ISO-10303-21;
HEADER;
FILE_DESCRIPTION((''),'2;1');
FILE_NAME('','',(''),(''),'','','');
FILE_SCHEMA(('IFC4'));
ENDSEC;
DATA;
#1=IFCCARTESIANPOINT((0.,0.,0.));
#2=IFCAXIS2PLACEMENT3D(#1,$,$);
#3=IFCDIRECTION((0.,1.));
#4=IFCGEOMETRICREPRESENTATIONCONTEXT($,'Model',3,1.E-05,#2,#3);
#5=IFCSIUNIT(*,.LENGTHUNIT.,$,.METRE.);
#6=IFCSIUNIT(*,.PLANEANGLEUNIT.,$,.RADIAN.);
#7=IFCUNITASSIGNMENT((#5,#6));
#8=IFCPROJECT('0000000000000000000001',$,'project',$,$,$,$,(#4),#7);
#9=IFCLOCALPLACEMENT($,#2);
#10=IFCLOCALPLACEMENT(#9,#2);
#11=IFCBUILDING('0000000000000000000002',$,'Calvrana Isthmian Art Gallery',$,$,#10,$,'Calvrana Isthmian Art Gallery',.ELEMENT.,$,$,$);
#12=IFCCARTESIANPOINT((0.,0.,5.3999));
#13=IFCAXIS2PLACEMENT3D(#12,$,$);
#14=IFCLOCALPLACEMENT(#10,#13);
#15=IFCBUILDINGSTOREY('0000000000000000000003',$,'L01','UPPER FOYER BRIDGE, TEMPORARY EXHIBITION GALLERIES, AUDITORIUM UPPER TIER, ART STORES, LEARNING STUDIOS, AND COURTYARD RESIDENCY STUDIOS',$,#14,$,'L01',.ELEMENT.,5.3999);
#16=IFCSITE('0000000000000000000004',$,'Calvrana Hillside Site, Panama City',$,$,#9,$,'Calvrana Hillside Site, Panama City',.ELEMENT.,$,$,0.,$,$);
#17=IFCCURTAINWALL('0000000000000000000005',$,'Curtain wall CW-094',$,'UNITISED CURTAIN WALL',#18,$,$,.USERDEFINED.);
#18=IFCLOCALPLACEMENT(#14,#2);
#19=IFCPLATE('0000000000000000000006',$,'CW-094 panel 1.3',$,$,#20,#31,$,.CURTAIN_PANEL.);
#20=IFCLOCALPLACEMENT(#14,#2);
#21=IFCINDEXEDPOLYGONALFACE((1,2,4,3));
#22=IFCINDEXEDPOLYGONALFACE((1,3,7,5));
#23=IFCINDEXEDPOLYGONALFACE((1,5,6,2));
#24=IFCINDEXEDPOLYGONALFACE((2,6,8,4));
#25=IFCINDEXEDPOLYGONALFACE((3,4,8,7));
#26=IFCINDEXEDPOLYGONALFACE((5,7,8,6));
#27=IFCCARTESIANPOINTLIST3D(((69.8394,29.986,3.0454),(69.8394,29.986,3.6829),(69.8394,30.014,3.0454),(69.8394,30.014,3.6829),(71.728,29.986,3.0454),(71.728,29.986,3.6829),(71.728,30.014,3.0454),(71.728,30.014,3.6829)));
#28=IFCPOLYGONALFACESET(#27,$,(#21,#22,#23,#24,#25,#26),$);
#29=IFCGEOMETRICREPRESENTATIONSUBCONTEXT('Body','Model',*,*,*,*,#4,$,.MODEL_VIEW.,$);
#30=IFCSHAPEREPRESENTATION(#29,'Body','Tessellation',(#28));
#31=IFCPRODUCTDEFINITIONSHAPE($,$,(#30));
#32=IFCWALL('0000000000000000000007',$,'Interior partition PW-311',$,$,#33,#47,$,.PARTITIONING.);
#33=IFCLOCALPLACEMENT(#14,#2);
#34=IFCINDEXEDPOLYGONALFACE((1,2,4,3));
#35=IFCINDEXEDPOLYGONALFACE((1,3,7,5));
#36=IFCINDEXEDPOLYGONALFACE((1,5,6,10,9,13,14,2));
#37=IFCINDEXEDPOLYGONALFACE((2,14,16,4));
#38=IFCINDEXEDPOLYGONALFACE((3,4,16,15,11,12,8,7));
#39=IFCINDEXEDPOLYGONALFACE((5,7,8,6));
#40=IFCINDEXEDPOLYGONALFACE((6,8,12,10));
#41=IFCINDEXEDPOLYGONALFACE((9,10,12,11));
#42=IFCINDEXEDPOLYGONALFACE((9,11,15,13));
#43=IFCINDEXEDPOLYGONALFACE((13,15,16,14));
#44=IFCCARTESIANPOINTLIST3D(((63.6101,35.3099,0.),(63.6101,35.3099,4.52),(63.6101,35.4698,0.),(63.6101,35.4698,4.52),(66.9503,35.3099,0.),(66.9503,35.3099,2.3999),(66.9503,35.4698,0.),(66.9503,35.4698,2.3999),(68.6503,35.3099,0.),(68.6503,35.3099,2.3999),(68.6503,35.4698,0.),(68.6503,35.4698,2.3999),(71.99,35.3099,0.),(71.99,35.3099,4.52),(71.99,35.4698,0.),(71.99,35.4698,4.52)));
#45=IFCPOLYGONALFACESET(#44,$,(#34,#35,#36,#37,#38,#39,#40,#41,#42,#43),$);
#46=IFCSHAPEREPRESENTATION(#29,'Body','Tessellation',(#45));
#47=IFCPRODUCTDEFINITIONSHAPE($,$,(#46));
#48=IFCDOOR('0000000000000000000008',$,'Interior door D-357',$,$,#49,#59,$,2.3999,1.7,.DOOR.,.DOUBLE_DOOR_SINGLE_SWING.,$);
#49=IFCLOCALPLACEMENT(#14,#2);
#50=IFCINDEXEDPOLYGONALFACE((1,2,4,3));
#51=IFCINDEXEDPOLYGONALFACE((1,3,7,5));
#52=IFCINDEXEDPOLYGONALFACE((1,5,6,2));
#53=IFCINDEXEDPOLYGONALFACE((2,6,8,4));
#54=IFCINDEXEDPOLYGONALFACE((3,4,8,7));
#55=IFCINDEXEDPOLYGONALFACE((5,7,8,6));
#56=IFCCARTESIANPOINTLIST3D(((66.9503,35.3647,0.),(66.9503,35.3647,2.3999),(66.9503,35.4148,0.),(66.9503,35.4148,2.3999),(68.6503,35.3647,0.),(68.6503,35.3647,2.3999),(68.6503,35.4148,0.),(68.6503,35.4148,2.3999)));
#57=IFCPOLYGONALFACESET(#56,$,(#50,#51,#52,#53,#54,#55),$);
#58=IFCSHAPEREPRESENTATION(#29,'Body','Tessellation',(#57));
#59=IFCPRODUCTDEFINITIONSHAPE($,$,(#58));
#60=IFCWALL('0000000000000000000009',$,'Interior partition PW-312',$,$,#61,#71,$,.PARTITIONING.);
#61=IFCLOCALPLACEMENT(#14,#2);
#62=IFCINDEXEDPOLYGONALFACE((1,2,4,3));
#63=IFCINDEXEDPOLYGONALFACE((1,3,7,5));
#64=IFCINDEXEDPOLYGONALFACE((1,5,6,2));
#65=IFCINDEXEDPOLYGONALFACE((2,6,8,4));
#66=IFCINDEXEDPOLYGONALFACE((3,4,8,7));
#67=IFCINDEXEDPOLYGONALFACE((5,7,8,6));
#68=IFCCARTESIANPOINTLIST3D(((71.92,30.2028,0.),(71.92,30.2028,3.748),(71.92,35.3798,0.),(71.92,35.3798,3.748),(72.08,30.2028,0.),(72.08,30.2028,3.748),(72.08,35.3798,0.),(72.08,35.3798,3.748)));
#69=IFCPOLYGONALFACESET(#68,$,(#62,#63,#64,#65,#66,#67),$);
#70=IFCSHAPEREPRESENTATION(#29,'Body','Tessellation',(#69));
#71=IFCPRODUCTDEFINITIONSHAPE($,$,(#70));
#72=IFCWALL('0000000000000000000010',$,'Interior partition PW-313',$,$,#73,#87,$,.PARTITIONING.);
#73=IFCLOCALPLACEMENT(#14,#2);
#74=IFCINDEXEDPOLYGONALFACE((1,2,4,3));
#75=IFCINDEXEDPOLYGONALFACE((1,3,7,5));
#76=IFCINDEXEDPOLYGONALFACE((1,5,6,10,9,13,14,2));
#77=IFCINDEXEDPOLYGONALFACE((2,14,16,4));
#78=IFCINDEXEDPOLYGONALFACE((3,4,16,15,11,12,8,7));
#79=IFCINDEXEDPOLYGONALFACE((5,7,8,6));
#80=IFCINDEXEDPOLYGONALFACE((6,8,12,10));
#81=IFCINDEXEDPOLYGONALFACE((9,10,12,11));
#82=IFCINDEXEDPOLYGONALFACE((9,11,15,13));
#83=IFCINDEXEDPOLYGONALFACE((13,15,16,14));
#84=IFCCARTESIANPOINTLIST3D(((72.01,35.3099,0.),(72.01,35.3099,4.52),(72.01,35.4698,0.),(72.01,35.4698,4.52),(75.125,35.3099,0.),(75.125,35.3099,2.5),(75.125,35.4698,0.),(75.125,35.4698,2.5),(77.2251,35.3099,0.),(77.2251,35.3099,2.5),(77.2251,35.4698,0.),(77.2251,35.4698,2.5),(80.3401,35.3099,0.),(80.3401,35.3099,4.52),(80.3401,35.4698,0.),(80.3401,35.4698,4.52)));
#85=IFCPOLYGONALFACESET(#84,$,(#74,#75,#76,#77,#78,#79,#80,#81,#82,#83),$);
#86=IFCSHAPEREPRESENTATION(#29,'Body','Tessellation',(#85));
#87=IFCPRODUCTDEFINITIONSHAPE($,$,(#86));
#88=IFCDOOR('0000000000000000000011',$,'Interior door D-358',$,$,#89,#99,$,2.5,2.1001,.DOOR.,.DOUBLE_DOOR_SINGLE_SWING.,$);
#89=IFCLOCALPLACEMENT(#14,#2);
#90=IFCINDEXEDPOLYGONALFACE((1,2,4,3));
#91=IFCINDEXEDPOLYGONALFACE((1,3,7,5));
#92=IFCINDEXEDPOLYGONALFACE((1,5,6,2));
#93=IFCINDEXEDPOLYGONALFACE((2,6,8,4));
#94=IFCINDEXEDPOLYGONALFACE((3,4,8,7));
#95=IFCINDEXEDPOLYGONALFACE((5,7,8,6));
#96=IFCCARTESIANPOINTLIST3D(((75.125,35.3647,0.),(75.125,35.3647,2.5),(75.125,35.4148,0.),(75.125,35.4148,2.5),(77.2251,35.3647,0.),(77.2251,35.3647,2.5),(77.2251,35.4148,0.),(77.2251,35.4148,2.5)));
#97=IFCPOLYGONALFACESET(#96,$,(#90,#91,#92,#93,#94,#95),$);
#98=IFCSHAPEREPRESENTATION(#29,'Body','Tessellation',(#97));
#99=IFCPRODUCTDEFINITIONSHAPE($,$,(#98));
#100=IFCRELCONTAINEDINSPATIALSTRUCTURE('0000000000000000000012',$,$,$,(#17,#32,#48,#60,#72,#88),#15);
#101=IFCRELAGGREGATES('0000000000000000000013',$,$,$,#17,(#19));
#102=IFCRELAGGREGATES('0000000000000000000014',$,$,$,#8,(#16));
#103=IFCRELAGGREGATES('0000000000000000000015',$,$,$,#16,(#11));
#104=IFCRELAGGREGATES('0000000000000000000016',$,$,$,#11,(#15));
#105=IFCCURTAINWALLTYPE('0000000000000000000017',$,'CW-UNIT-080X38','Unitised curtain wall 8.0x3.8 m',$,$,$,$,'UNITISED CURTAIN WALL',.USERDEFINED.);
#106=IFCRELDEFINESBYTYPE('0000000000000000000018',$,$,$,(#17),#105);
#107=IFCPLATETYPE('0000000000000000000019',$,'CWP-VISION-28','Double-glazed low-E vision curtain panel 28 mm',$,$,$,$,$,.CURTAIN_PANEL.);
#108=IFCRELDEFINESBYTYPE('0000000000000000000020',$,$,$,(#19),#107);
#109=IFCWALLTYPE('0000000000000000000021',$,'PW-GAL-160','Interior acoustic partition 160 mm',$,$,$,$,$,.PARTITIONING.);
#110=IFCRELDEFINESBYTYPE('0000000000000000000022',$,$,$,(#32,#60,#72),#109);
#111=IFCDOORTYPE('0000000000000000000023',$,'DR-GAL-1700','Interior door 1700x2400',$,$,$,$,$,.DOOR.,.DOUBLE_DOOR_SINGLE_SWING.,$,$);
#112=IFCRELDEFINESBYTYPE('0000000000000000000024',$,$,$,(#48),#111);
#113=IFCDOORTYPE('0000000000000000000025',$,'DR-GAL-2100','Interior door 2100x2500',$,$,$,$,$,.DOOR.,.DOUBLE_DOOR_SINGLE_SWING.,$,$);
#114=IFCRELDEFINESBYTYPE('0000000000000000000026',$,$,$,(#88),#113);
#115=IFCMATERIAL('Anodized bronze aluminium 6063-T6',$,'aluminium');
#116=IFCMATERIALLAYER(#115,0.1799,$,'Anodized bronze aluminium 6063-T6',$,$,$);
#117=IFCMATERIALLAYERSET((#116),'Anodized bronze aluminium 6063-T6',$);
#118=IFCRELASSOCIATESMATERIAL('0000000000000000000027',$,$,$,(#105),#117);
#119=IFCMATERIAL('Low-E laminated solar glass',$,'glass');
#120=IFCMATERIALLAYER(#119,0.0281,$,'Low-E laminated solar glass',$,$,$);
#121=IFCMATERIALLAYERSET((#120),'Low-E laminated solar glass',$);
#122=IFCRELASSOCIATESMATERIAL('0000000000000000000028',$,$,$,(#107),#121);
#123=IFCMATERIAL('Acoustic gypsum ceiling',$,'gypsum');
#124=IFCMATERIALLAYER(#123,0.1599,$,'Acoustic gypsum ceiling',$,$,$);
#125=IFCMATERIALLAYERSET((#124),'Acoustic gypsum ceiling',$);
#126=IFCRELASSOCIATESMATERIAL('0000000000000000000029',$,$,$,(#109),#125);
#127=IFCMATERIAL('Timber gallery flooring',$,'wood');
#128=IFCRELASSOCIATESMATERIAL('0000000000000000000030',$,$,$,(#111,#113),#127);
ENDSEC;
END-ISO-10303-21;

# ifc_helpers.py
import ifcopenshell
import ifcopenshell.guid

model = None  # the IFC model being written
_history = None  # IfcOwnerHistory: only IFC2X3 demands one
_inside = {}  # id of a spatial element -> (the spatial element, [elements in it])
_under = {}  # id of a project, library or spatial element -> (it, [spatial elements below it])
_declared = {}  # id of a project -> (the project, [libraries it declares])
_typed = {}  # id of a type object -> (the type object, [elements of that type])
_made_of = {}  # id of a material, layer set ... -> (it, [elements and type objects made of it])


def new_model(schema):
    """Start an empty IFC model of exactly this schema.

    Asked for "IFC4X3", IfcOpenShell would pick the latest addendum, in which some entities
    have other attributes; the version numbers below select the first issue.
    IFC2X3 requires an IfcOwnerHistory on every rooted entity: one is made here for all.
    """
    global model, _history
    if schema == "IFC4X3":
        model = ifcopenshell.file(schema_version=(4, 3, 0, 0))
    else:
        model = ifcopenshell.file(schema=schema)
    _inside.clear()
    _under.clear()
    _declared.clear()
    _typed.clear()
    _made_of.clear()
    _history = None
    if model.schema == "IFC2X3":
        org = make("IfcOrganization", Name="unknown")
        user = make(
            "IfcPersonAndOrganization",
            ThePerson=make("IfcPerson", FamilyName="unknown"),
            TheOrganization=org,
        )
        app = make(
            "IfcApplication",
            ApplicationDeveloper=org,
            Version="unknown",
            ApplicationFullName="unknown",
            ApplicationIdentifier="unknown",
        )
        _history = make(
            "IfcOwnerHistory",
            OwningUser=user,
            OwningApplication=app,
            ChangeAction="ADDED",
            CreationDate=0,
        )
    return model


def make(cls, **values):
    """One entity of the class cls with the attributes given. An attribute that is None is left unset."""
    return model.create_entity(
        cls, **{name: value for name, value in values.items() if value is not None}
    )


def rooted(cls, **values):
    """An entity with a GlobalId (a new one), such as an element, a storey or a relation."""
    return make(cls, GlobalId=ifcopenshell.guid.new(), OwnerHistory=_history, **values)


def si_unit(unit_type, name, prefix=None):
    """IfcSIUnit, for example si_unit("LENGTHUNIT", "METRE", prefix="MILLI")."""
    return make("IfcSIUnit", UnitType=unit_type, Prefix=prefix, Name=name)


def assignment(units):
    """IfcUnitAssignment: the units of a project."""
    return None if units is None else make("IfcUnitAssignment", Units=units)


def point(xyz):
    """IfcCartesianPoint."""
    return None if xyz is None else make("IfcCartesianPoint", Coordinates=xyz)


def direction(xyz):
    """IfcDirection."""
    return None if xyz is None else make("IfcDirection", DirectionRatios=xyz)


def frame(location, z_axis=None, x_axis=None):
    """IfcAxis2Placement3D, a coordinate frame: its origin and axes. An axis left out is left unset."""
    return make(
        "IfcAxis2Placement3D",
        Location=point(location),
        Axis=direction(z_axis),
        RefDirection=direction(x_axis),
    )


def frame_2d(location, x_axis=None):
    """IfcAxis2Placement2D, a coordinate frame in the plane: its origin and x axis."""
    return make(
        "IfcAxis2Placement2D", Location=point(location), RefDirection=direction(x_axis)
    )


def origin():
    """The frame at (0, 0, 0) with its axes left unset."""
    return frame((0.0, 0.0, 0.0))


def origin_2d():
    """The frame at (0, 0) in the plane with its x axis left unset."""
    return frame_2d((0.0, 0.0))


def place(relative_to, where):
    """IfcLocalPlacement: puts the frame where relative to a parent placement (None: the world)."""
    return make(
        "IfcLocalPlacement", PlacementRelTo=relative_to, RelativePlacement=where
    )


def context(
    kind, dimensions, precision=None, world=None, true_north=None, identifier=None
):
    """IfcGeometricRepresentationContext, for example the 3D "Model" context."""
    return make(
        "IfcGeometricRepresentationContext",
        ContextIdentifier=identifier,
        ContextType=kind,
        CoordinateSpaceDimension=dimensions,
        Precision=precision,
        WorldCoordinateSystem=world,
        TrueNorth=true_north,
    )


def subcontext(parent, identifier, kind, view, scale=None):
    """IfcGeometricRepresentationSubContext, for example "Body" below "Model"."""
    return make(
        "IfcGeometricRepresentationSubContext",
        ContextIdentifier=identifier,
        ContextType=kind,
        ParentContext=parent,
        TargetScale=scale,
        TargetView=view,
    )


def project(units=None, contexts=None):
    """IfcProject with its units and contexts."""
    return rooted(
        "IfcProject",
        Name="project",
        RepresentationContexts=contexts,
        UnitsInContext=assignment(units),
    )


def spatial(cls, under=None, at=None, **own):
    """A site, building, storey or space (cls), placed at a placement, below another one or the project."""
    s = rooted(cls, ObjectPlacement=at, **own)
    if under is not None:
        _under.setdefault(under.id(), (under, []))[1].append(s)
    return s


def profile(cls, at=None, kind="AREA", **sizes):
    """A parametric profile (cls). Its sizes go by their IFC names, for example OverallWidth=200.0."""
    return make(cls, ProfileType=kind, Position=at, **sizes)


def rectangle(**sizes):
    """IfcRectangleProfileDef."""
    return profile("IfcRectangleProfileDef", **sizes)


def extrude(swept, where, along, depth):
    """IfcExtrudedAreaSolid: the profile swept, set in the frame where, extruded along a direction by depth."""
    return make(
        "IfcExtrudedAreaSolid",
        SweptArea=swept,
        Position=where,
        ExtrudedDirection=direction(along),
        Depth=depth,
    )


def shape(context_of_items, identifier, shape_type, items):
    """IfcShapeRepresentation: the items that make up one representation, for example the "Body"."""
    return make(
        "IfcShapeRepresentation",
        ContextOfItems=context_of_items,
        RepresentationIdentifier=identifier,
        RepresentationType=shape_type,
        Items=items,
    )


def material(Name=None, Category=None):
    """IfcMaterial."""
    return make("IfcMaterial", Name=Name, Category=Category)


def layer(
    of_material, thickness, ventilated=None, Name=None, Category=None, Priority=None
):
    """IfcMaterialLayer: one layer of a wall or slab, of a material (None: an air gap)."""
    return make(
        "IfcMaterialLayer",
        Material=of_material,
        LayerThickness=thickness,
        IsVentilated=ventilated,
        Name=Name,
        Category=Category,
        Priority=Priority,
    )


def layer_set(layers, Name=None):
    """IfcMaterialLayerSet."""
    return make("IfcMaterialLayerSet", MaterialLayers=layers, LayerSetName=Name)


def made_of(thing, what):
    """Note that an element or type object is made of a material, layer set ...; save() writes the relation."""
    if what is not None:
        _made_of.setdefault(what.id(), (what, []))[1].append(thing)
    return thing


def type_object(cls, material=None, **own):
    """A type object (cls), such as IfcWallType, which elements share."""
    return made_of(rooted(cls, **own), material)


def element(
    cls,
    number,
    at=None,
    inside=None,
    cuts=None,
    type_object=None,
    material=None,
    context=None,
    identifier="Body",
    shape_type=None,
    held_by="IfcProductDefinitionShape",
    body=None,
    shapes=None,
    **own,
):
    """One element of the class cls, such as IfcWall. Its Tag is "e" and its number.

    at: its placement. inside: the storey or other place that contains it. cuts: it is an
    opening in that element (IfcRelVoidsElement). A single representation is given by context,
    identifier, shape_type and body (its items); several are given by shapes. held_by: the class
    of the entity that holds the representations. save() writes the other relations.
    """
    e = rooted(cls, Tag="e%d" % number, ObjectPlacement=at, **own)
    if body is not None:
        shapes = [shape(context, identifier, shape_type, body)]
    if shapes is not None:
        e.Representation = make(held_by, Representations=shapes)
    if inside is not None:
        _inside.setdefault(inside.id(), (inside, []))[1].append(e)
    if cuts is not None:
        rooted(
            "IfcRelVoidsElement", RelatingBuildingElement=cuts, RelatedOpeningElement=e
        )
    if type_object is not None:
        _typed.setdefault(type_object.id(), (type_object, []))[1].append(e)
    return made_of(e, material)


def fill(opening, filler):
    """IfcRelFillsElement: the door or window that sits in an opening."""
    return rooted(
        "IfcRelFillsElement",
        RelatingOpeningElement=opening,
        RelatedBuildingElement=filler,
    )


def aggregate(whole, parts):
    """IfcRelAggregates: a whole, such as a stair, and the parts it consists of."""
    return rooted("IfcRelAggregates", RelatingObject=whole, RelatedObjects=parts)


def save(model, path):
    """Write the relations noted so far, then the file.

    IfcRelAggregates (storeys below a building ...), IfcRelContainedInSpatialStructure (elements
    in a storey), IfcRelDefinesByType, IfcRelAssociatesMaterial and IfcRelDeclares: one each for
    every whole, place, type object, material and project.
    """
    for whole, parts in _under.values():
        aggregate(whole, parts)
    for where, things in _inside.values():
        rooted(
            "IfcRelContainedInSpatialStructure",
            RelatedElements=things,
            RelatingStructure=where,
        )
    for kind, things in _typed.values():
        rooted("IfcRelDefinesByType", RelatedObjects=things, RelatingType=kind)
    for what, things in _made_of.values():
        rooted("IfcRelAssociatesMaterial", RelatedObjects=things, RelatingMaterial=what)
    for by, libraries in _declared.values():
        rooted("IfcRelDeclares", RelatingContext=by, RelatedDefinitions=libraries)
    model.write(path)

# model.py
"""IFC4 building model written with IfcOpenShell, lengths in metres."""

from ifc_helpers import new_model, si_unit, direction, frame, frame_2d, origin, origin_2d, place, context, subcontext, project, spatial, rectangle, extrude, material, layer, layer_set, type_object, element, fill, aggregate, save


model = new_model("IFC4")

# Units and contexts
model_context = context("Model", 3, precision=1e-05, world=origin(), true_north=direction((0.0, 1.0)))
body_context = subcontext(model_context, "Body", "Model", "MODEL_VIEW")
ifc_project = project(units=[si_unit("LENGTHUNIT", "METRE"), si_unit("PLANEANGLEUNIT", "RADIAN")], contexts=[model_context])

# Site, building, storey
site_placement = place(None, origin())
site = spatial("IfcSite", under=ifc_project, at=site_placement, Name="Calvrana Hillside Site, Panama City", LongName="Calvrana Hillside Site, Panama City", CompositionType="ELEMENT", RefElevation=0.0)
building_placement = place(site_placement, origin())
building = spatial("IfcBuilding", under=site, at=building_placement, Name="Calvrana Isthmian Art Gallery", LongName="Calvrana Isthmian Art Gallery", CompositionType="ELEMENT")
storey_placement = place(building_placement, frame((0.0, 0.0, 5.3999)))
storey = spatial("IfcBuildingStorey", under=building, at=storey_placement, Name="L01", Description="UPPER FOYER BRIDGE, TEMPORARY EXHIBITION GALLERIES, AUDITORIUM UPPER TIER, ART STORES, LEARNING STUDIOS, AND COURTYARD RESIDENCY STUDIOS", LongName="L01", CompositionType="ELEMENT", Elevation=5.3999)

# Curtain wall, plate
ifc_material_1 = material(Name="Anodized bronze aluminium 6063-T6", Category="aluminium")
ifc_layer_1 = layer(ifc_material_1, 0.1799, Name="Anodized bronze aluminium 6063-T6")
ifc_layer_set_1 = layer_set([ifc_layer_1], Name="Anodized bronze aluminium 6063-T6")
curtain_wall_type = type_object("IfcCurtainWallType", Name="CW-UNIT-080X38", Description="Unitised curtain wall 8.0x3.8 m", ElementType="UNITISED CURTAIN WALL", PredefinedType="USERDEFINED", material=ifc_layer_set_1)
curtain_wall_placement = place(storey_placement, origin())
curtain_wall = element("IfcCurtainWall", 1, at=curtain_wall_placement, inside=storey, type_object=curtain_wall_type, Name="Curtain wall CW-094", ObjectType="UNITISED CURTAIN WALL", PredefinedType="USERDEFINED")
ifc_material_2 = material(Name="Low-E laminated solar glass", Category="glass")
ifc_layer_2 = layer(ifc_material_2, 0.0281, Name="Low-E laminated solar glass")
ifc_layer_set_2 = layer_set([ifc_layer_2], Name="Low-E laminated solar glass")
plate_type = type_object("IfcPlateType", Name="CWP-VISION-28", Description="Double-glazed low-E vision curtain panel 28 mm", PredefinedType="CURTAIN_PANEL", material=ifc_layer_set_2)
plate_placement = place(storey_placement, frame((70.7837, 30.0, 3.0454), z_axis=(0.0, 0.0, 1.0), x_axis=(-1.0, 0.0, 0.0)))
plate = element("IfcPlate", 2, at=plate_placement, type_object=plate_type, Name="CW-094 panel 1.3", PredefinedType="CURTAIN_PANEL", context=body_context, shape_type="SweptSolid", body=[
    extrude(rectangle(XDim=1.8887, YDim=0.0281, at=origin_2d()), origin(), (0.0, 0.0, 1.0), 0.6375),
])
aggregate(curtain_wall, [plate])

# Wall, opening, door
ifc_material_3 = material(Name="Acoustic gypsum ceiling", Category="gypsum")
ifc_layer_3 = layer(ifc_material_3, 0.1599, Name="Acoustic gypsum ceiling")
ifc_layer_set_3 = layer_set([ifc_layer_3], Name="Acoustic gypsum ceiling")
wall_type = type_object("IfcWallType", Name="PW-GAL-160", Description="Interior acoustic partition 160 mm", PredefinedType="PARTITIONING", material=ifc_layer_set_3)
wall_1_placement = place(storey_placement, frame((63.6101, 35.3899, 0.0), z_axis=(0.0, 0.0, 1.0), x_axis=(1.0, 0.0, 0.0)))
wall_1 = element("IfcWall", 3, at=wall_1_placement, inside=storey, type_object=wall_type, Name="Interior partition PW-311", PredefinedType="PARTITIONING", context=body_context, shape_type="SweptSolid", body=[
    extrude(rectangle(XDim=8.3799, YDim=0.1599, at=frame_2d((4.1899, 0.0))), origin(), (0.0, 0.0, 1.0), 4.52),
])
opening_1_placement = place(wall_1_placement, frame((3.3401, 0.0, 0.0)))
opening_1 = element("IfcOpeningElement", 4, at=opening_1_placement, cuts=wall_1, PredefinedType="OPENING", context=body_context, shape_type="SweptSolid", body=[
    extrude(rectangle(XDim=1.7, YDim=2.3999, at=frame_2d((0.8501, 1.2))), frame((0.0, 0.0903, 0.0), z_axis=(0.0, -1.0, 0.0), x_axis=(1.0, 0.0, 0.0)), (0.0, 0.0, 1.0), 0.1804),
])
ifc_material_4 = material(Name="Timber gallery flooring", Category="wood")
door_type_1 = type_object("IfcDoorType", Name="DR-GAL-1700", Description="Interior door 1700x2400", OperationType="DOUBLE_DOOR_SINGLE_SWING", PredefinedType="DOOR", material=ifc_material_4)
door_1_placement = place(opening_1_placement, origin())
door_1 = element("IfcDoor", 5, at=door_1_placement, inside=storey, type_object=door_type_1, Name="Interior door D-357", OperationType="DOUBLE_DOOR_SINGLE_SWING", OverallHeight=2.3999, OverallWidth=1.7, PredefinedType="DOOR", context=body_context, shape_type="SweptSolid", body=[
    extrude(rectangle(XDim=1.7, YDim=2.3999, at=frame_2d((0.8501, 1.2))), frame((0.0, 0.0249, 0.0), z_axis=(0.0, -1.0, 0.0), x_axis=(1.0, 0.0, 0.0)), (0.0, 0.0, 1.0), 0.05),
])
fill(opening_1, door_1)

# Wall
wall_2_placement = place(storey_placement, frame((72.0, 30.2029, 0.0), z_axis=(0.0, 0.0, 1.0), x_axis=(0.0, 1.0, 0.0)))
element("IfcWall", 6, at=wall_2_placement, inside=storey, type_object=wall_type, Name="Interior partition PW-312", PredefinedType="PARTITIONING", context=body_context, shape_type="SweptSolid", body=[
    extrude(rectangle(XDim=5.177, YDim=0.1599, at=frame_2d((2.5884, 0.0))), origin(), (0.0, 0.0, 1.0), 3.748),
])

# Wall, opening, door
wall_3_placement = place(storey_placement, frame((72.01, 35.3899, 0.0), z_axis=(0.0, 0.0, 1.0), x_axis=(1.0, 0.0, 0.0)))
wall_3 = element("IfcWall", 7, at=wall_3_placement, inside=storey, type_object=wall_type, Name="Interior partition PW-313", PredefinedType="PARTITIONING", context=body_context, shape_type="SweptSolid", body=[
    extrude(rectangle(XDim=8.3301, YDim=0.1599, at=frame_2d((4.165, 0.0))), origin(), (0.0, 0.0, 1.0), 4.52),
])
opening_2_placement = place(wall_3_placement, frame((3.115, 0.0, 0.0)))
opening_2 = element("IfcOpeningElement", 8, at=opening_2_placement, cuts=wall_3, PredefinedType="OPENING", context=body_context, shape_type="SweptSolid", body=[
    extrude(rectangle(XDim=2.1001, YDim=2.5, at=frame_2d((1.05, 1.25))), frame((0.0, 0.0903, 0.0), z_axis=(0.0, -1.0, 0.0), x_axis=(1.0, 0.0, 0.0)), (0.0, 0.0, 1.0), 0.1804),
])
door_type_2 = type_object("IfcDoorType", Name="DR-GAL-2100", Description="Interior door 2100x2500", OperationType="DOUBLE_DOOR_SINGLE_SWING", PredefinedType="DOOR", material=ifc_material_4)
door_2_placement = place(opening_2_placement, origin())
door_2 = element("IfcDoor", 9, at=door_2_placement, inside=storey, type_object=door_type_2, Name="Interior door D-358", OperationType="DOUBLE_DOOR_SINGLE_SWING", OverallHeight=2.5, OverallWidth=2.1001, PredefinedType="DOOR", context=body_context, shape_type="SweptSolid", body=[
    extrude(rectangle(XDim=2.1001, YDim=2.5, at=frame_2d((1.05, 1.25))), frame((0.0, 0.0249, 0.0), z_axis=(0.0, -1.0, 0.0), x_axis=(1.0, 0.0, 0.0)), (0.0, 0.0, 1.0), 0.05),
])
fill(opening_2, door_2)

save(model, "model.ifc")
